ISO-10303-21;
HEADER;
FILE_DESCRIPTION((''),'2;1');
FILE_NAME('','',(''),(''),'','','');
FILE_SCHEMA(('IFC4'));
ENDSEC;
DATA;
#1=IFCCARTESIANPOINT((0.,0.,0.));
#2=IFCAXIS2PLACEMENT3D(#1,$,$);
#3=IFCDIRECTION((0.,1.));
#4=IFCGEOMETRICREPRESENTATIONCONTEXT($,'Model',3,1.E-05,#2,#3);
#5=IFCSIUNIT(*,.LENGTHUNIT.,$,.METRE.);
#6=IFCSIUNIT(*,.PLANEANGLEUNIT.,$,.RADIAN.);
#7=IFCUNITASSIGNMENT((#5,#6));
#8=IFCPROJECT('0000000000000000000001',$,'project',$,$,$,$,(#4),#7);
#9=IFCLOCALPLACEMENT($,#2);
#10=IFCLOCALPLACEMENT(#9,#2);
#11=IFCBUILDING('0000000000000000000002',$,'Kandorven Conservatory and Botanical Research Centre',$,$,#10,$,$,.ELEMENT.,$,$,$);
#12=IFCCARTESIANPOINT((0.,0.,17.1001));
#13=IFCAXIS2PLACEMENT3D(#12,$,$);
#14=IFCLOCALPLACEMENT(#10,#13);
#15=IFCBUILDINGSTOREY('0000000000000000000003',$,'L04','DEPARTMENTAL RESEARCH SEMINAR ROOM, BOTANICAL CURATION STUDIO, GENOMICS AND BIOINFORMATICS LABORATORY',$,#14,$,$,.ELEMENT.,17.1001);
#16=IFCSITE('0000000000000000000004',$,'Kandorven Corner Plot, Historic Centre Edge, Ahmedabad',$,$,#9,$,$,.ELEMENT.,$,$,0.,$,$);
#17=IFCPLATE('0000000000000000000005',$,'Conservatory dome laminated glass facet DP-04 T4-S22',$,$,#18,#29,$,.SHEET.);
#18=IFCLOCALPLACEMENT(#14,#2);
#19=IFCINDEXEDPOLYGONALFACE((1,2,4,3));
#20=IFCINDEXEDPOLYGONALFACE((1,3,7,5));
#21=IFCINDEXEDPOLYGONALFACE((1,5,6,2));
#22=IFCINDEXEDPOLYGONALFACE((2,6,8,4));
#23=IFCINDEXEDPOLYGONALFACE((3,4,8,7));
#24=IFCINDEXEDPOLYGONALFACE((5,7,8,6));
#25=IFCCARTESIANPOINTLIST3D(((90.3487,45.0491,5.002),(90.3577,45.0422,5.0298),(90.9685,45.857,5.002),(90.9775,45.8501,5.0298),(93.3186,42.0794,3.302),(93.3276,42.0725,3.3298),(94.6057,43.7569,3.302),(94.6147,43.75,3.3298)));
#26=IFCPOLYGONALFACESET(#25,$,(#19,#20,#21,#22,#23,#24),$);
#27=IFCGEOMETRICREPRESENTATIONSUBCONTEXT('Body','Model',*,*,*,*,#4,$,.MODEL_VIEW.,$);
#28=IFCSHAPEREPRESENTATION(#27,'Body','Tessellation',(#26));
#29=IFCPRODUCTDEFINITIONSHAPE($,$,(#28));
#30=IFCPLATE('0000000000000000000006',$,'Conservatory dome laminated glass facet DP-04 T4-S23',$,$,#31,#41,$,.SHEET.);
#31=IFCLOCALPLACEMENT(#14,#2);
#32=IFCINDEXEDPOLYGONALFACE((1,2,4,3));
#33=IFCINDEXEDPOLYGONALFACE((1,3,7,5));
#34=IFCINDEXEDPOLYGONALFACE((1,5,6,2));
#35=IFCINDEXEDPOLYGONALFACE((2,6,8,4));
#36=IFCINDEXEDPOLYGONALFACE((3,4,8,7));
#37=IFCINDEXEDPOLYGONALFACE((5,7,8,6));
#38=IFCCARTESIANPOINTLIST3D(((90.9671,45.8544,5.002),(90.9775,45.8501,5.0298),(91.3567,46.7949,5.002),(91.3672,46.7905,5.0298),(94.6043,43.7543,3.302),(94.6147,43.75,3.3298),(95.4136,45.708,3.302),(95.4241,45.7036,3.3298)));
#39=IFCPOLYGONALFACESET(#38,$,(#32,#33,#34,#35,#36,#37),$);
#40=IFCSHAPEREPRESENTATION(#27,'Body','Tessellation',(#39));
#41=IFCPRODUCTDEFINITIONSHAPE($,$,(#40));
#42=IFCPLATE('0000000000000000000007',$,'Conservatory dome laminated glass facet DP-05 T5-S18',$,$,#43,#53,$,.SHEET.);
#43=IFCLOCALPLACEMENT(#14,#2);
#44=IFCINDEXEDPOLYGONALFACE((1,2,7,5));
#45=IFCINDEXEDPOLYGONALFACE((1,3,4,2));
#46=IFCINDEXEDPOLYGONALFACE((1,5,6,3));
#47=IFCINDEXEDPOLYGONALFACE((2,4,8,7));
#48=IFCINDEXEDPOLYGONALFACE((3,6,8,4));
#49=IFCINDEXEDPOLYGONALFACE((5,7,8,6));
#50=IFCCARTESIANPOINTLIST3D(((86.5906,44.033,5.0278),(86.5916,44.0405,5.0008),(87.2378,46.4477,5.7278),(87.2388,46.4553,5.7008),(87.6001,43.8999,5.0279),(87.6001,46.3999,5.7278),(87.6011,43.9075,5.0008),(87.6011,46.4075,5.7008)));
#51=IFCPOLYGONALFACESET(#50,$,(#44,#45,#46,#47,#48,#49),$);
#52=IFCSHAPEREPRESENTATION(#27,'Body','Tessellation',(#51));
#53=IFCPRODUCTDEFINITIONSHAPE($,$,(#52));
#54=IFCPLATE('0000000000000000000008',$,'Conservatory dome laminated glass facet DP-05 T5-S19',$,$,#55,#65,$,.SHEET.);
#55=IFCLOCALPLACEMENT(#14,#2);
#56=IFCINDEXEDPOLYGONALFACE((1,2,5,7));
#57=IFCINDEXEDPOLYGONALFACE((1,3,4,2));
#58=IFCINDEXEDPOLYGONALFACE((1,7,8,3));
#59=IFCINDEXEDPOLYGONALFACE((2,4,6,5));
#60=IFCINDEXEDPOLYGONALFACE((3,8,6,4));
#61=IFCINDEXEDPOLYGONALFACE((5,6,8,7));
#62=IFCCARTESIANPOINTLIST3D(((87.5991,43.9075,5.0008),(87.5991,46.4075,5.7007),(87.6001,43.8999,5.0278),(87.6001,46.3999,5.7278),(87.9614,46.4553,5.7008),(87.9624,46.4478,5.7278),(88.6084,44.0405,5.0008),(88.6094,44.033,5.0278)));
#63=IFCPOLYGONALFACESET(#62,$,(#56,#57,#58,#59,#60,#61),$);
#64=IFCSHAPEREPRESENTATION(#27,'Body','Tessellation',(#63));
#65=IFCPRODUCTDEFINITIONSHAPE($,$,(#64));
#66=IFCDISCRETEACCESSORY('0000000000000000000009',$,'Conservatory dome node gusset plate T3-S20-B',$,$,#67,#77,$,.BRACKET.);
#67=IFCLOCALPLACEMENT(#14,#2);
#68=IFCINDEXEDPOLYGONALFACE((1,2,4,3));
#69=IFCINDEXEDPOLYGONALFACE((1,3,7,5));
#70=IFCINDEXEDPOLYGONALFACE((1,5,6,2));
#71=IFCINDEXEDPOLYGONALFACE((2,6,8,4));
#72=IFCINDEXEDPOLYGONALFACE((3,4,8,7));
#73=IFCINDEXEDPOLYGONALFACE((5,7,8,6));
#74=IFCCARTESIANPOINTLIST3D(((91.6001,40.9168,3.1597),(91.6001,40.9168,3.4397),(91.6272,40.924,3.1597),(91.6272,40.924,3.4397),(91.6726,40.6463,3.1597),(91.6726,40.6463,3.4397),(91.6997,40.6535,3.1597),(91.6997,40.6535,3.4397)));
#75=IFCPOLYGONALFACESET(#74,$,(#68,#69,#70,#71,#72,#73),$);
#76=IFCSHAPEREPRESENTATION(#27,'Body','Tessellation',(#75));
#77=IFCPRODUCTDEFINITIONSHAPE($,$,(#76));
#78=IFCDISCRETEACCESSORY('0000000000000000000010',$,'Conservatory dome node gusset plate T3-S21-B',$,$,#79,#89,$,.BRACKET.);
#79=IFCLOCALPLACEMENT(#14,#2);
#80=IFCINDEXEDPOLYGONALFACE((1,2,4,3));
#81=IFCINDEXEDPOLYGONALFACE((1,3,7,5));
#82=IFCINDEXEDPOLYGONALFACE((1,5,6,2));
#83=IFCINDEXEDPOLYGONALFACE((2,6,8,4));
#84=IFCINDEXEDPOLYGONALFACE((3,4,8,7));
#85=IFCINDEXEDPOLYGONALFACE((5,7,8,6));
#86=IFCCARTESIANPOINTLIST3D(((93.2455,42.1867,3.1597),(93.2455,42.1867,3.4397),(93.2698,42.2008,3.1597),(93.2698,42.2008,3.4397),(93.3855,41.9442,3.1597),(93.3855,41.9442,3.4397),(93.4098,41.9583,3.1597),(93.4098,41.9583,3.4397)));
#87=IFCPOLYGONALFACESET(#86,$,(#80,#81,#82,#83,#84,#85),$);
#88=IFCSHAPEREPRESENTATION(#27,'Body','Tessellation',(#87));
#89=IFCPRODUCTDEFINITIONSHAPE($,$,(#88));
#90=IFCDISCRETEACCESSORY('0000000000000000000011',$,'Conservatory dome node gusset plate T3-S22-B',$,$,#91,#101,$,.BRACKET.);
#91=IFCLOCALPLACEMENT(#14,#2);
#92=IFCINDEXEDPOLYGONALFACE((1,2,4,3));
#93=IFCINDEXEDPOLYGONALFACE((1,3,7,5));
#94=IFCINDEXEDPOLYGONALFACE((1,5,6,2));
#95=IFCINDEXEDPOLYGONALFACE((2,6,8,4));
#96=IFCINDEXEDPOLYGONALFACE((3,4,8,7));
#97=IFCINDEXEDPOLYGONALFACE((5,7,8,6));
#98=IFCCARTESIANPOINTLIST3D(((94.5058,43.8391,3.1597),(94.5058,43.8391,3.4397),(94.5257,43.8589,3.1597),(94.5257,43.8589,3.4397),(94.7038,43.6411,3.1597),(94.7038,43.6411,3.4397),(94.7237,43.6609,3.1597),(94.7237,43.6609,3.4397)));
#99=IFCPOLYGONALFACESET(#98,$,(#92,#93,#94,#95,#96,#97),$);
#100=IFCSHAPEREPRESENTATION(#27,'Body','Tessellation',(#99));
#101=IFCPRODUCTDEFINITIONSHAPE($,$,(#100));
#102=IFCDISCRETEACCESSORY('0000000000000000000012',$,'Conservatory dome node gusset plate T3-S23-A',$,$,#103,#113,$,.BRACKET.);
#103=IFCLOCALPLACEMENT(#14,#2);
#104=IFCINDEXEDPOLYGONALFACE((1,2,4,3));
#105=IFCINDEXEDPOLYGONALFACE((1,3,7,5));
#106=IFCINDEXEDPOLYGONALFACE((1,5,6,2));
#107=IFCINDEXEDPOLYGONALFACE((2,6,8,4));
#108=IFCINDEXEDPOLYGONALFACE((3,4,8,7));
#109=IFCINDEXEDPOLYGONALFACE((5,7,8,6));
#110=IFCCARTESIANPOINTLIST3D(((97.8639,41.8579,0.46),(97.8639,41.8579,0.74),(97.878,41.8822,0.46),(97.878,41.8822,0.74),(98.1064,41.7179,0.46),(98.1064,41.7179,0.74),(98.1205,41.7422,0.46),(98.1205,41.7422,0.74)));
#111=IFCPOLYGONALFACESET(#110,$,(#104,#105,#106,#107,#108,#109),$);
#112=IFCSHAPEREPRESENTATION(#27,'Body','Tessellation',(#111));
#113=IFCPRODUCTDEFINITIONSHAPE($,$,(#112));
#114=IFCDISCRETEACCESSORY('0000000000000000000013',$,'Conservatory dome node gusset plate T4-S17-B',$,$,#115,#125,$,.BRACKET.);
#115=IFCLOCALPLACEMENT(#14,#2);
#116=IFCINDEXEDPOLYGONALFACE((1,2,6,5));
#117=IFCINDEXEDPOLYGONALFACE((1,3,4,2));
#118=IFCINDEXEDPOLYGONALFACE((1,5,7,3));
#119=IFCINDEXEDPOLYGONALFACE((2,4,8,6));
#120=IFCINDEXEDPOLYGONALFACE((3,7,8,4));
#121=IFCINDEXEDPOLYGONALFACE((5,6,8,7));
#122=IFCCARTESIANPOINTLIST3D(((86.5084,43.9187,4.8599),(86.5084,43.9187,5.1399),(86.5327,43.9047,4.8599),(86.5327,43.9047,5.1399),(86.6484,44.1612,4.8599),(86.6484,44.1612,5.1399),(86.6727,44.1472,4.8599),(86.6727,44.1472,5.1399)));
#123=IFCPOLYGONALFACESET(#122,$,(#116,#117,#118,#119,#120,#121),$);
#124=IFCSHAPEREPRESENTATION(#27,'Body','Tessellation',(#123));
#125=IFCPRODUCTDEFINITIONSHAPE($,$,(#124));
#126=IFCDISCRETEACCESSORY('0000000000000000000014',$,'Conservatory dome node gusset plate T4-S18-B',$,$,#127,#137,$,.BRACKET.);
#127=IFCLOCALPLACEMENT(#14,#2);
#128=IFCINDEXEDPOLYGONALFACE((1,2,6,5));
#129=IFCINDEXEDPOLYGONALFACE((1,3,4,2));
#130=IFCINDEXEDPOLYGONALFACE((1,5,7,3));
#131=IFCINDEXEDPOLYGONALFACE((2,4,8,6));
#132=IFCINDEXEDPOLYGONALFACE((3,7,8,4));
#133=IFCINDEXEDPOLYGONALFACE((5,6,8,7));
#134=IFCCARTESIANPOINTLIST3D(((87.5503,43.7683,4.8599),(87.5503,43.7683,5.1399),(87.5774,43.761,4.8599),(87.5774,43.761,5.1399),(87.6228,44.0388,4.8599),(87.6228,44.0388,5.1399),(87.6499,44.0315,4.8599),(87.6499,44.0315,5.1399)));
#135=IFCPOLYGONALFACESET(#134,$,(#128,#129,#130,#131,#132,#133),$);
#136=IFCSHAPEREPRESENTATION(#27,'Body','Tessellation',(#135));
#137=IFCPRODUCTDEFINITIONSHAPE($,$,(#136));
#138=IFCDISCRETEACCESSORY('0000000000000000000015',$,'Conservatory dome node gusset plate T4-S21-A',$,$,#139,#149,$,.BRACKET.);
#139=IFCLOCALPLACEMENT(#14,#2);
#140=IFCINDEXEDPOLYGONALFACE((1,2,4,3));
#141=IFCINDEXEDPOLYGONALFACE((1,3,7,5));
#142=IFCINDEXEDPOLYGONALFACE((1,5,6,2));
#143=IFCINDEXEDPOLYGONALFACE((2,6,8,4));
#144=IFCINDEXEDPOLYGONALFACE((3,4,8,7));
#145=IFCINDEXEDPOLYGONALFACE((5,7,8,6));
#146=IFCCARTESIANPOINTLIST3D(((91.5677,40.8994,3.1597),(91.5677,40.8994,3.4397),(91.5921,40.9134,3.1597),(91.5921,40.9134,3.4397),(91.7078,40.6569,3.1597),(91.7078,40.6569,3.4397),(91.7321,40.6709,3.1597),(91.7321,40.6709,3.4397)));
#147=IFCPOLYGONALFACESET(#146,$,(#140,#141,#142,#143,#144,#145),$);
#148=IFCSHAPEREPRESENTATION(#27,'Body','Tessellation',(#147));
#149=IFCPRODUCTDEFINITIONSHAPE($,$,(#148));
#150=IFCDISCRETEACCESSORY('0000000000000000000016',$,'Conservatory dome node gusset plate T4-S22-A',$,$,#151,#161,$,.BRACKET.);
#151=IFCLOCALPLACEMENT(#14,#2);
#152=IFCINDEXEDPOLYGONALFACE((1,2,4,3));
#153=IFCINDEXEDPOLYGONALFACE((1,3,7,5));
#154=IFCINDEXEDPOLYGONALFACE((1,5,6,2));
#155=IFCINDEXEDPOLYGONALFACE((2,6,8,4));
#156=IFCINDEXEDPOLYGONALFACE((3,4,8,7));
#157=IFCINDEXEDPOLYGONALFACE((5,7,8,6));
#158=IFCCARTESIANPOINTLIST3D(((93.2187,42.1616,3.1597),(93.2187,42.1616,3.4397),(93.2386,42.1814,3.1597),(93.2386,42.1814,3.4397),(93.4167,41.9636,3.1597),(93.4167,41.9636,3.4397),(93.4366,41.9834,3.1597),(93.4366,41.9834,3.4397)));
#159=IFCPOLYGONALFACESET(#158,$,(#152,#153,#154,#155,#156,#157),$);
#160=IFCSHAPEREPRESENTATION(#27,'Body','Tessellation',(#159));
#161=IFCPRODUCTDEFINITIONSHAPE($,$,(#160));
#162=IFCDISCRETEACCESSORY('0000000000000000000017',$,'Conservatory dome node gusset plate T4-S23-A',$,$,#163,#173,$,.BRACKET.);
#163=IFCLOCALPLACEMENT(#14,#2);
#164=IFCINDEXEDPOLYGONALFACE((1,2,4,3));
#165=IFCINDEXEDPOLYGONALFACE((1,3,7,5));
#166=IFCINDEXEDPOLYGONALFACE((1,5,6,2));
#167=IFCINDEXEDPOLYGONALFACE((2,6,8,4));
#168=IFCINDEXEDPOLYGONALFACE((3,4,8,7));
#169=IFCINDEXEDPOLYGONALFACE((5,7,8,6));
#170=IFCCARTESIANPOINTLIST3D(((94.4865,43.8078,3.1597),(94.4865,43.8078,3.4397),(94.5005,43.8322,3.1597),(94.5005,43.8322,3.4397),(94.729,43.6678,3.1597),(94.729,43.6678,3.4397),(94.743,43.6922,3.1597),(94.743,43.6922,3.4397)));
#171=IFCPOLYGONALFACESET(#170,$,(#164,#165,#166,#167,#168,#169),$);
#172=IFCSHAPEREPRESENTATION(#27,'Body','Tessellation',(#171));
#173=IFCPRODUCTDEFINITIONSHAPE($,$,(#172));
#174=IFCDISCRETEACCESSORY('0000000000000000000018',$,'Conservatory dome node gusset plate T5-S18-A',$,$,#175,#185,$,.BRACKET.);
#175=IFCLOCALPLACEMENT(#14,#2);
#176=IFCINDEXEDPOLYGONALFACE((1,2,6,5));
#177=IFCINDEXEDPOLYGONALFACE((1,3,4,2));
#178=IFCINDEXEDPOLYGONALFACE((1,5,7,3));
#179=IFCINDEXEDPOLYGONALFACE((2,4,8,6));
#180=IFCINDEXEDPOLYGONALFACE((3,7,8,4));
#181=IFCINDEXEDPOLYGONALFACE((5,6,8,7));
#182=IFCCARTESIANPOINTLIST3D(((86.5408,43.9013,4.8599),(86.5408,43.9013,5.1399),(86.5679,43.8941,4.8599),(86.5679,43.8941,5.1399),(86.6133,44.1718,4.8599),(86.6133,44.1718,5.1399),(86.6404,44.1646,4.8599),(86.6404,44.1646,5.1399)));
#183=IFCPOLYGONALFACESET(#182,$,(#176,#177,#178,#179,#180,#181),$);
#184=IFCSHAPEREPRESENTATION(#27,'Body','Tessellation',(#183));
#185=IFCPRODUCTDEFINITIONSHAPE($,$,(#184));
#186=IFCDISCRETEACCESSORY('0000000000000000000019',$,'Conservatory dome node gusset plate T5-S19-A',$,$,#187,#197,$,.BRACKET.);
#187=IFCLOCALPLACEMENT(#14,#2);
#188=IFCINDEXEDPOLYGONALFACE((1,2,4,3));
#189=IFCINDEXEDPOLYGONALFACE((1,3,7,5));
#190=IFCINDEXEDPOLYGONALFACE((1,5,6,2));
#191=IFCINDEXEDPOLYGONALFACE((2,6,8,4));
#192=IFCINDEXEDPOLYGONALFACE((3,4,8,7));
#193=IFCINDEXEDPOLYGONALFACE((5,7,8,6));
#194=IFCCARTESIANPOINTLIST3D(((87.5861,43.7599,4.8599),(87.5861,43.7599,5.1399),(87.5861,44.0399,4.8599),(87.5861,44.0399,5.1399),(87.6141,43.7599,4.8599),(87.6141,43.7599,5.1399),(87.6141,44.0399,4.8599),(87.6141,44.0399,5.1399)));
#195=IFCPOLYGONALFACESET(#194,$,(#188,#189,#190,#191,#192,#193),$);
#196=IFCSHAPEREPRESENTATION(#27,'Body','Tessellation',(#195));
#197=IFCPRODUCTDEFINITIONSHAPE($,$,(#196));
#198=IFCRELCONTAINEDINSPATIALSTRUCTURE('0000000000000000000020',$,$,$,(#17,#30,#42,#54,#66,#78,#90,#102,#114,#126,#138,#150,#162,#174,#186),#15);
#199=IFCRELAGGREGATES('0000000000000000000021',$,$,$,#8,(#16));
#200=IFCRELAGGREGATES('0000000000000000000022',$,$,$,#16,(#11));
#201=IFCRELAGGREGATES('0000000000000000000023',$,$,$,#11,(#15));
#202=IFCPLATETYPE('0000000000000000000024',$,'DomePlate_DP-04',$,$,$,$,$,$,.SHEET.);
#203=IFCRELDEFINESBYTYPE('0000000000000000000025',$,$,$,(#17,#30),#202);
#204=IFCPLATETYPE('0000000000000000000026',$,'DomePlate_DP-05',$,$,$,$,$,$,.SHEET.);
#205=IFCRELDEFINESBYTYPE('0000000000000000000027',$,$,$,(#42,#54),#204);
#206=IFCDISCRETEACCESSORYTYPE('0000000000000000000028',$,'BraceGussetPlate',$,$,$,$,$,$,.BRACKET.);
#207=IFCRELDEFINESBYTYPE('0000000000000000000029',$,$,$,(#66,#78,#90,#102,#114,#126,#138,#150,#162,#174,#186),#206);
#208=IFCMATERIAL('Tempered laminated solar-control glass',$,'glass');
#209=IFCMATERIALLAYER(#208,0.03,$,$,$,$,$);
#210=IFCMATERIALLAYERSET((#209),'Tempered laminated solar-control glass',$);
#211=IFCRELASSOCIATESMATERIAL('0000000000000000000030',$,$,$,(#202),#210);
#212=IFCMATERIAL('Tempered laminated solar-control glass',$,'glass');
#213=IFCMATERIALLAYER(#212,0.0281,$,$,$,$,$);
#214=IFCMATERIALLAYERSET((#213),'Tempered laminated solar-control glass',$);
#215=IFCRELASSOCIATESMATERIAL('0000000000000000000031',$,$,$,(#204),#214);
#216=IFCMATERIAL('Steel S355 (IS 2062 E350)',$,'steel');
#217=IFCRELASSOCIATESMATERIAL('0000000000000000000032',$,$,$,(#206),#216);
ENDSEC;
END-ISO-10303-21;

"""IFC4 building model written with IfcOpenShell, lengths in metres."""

from ifc_helpers import new_model, si_unit, direction, frame, origin, origin_2d, place, context, subcontext, project, spatial, polyline, rectangle, outline, extrude, material, layer, layer_set, type_object, element, save


model = new_model("IFC4")

# Units and contexts
model_context = context("Model", 3, precision=1e-05, world=origin(), true_north=direction((0.0, 1.0)))
body_context = subcontext(model_context, "Body", "Model", "MODEL_VIEW")
ifc_project = project(units=[si_unit("LENGTHUNIT", "METRE"), si_unit("PLANEANGLEUNIT", "RADIAN")], contexts=[model_context])

# Site, building, storey
site_placement = place(None, origin())
site = spatial("IfcSite", under=ifc_project, at=site_placement, Name="Kandorven Corner Plot, Historic Centre Edge, Ahmedabad", CompositionType="ELEMENT", RefElevation=0.0)
building_placement = place(site_placement, origin())
building = spatial("IfcBuilding", under=site, at=building_placement, Name="Kandorven Conservatory and Botanical Research Centre", CompositionType="ELEMENT")
storey_placement = place(building_placement, frame((0.0, 0.0, 17.1001)))
storey = spatial("IfcBuildingStorey", under=building, at=storey_placement, Name="L04", Description="DEPARTMENTAL RESEARCH SEMINAR ROOM, BOTANICAL CURATION STUDIO, GENOMICS AND BIOINFORMATICS LABORATORY", CompositionType="ELEMENT", Elevation=17.1001)

# Plates
ifc_material_1 = material(Name="Tempered laminated solar-control glass", Category="glass")
ifc_layer_1 = layer(ifc_material_1, 0.03)
ifc_layer_set_1 = layer_set([ifc_layer_1], Name="Tempered laminated solar-control glass")
plate_type_1 = type_object("IfcPlateType", Name="DomePlate_DP-04", PredefinedType="SHEET", material=ifc_layer_set_1)
plate_1_placement = place(storey_placement, frame((93.3276, 42.0725, 3.3298), z_axis=(0.299861, -0.23008, 0.925822), x_axis=(0.60874, 0.79337, 0.000001)))
element("IfcPlate", 1, at=plate_1_placement, inside=storey, type_object=plate_type_1, Name="Conservatory dome laminated glass facet DP-04 T4-S22", PredefinedType="SHEET", context=body_context, shape_type="SweptSolid", body=[
    extrude(outline(polyline([(0.0, 0.0), (2.1144, 0.0), (1.5664, 4.4977), (0.5482, 4.4977), (0.0, 0.0)])), origin(), (0.0, 0.0, -1.0), 0.03),
])
plate_2_placement = place(storey_placement, frame((94.6147, 43.75, 3.3298), z_axis=(0.349184, -0.144664, 0.92582), x_axis=(0.382731, 0.92386, 0.000006)))
element("IfcPlate", 2, at=plate_2_placement, inside=storey, type_object=plate_type_1, Name="Conservatory dome laminated glass facet DP-04 T4-S23", PredefinedType="SHEET", context=body_context, shape_type="SweptSolid", body=[
    extrude(outline(polyline([(0.0, 0.0), (2.1146, 0.0), (1.5661, 4.4976), (0.5481, 4.4977), (0.0, 0.0)])), origin(), (0.0, 0.0, -1.0), 0.03),
])
ifc_material_2 = material(Name="Tempered laminated solar-control glass", Category="glass")
ifc_layer_2 = layer(ifc_material_2, 0.0281)
ifc_layer_set_2 = layer_set([ifc_layer_2], Name="Tempered laminated solar-control glass")
plate_type_2 = type_object("IfcPlateType", Name="DomePlate_DP-05", PredefinedType="SHEET", material=ifc_layer_set_2)
plate_3_placement = place(storey_placement, frame((86.5906, 44.033, 5.0278), z_axis=(-0.035531, -0.269435, 0.962363), x_axis=(0.991425, -0.130677, 0.000019)))
element("IfcPlate", 3, at=plate_3_placement, inside=storey, type_object=plate_type_2, Name="Conservatory dome laminated glass facet DP-05 T5-S18", PredefinedType="SHEET", context=body_context, shape_type="SweptSolid", body=[
    extrude(outline(polyline([(0.0, 0.0), (1.0183, 0.0), (0.6916, 2.5755), (0.3261, 2.5756), (0.0, 0.0)])), origin(), (0.0, 0.0, -1.0), 0.0281),
])
plate_4_placement = place(storey_placement, frame((87.6001, 43.8999, 5.0278), z_axis=(0.035538, -0.269436, 0.962362), x_axis=(0.991421, 0.130707, -0.000016)))
element("IfcPlate", 4, at=plate_4_placement, inside=storey, type_object=plate_type_2, Name="Conservatory dome laminated glass facet DP-05 T5-S19", PredefinedType="SHEET", context=body_context, shape_type="SweptSolid", body=[
    extrude(outline(polyline([(0.0, 0.0), (1.018, 0.0), (0.6922, 2.5756), (0.3268, 2.5755), (0.0, 0.0)])), origin(), (0.0, 0.0, -1.0), 0.0281),
])

# Discrete accessories
ifc_material_3 = material(Name="Steel S355 (IS 2062 E350)", Category="steel")
discrete_accessory_type = type_object("IfcDiscreteAccessoryType", Name="BraceGussetPlate", PredefinedType="BRACKET", material=ifc_material_3)
for number, where, z_axis, x_axis, name in (
    (5, (91.6499, 40.7852, 3.1597), (0.0, 0.0, 1.0), (0.258819, -0.965926, 0.0), "Conservatory dome node gusset plate T3-S20-B"),
    (6, (93.3276, 42.0725, 3.1597), (0.0, 0.0, 1.0), (0.5, -0.866025, 0.0), "Conservatory dome node gusset plate T3-S21-B"),
    (7, (94.6147, 43.75, 3.1597), (0.0, 0.0, 1.0), (0.707107, -0.707107, 0.0), "Conservatory dome node gusset plate T3-S22-B"),
    (8, (97.9922, 41.8, 0.46), (0.0, 0.0, 1.0), (0.866025, -0.5, 0.0), "Conservatory dome node gusset plate T3-S23-A"),
    (9, (86.5906, 44.033, 4.8599), (0.0, 0.0, 1.0), (-0.5, -0.866025, 0.0), "Conservatory dome node gusset plate T4-S17-B"),
    (10, (87.6001, 43.8999, 4.8599), (0.0, 0.0, 1.0), (-0.258819, -0.965926, 0.0), "Conservatory dome node gusset plate T4-S18-B"),
    (11, (91.6499, 40.7852, 3.1597), (0.0, 0.0, 1.0), (0.5, -0.866025, 0.0), "Conservatory dome node gusset plate T4-S21-A"),
    (12, (93.3276, 42.0725, 3.1597), (0.0, 0.0, 1.0), (0.707107, -0.707107, 0.0), "Conservatory dome node gusset plate T4-S22-A"),
    (13, (94.6147, 43.75, 3.1597), (0.0, 0.0, 1.0), (0.866025, -0.5, 0.0), "Conservatory dome node gusset plate T4-S23-A"),
    (14, (86.5906, 44.033, 4.8599), (0.0, 0.0, 1.0), (-0.258819, -0.965926, 0.0), "Conservatory dome node gusset plate T5-S18-A"),
    (15, (87.6001, 43.8999, 4.8599), (0.0, 0.0, 1.0), (0.0, -1.0, 0.0), "Conservatory dome node gusset plate T5-S19-A"),
):
    element("IfcDiscreteAccessory", number, at=place(storey_placement, frame(where, z_axis=z_axis, x_axis=x_axis)), inside=storey, type_object=discrete_accessory_type, Name=name, PredefinedType="BRACKET", context=body_context, shape_type="SweptSolid", body=[
        extrude(rectangle(XDim=0.28, YDim=0.0281, at=origin_2d()), origin(), (0.0, 0.0, 1.0), 0.28),
    ])

save(model, "model.ifc")
